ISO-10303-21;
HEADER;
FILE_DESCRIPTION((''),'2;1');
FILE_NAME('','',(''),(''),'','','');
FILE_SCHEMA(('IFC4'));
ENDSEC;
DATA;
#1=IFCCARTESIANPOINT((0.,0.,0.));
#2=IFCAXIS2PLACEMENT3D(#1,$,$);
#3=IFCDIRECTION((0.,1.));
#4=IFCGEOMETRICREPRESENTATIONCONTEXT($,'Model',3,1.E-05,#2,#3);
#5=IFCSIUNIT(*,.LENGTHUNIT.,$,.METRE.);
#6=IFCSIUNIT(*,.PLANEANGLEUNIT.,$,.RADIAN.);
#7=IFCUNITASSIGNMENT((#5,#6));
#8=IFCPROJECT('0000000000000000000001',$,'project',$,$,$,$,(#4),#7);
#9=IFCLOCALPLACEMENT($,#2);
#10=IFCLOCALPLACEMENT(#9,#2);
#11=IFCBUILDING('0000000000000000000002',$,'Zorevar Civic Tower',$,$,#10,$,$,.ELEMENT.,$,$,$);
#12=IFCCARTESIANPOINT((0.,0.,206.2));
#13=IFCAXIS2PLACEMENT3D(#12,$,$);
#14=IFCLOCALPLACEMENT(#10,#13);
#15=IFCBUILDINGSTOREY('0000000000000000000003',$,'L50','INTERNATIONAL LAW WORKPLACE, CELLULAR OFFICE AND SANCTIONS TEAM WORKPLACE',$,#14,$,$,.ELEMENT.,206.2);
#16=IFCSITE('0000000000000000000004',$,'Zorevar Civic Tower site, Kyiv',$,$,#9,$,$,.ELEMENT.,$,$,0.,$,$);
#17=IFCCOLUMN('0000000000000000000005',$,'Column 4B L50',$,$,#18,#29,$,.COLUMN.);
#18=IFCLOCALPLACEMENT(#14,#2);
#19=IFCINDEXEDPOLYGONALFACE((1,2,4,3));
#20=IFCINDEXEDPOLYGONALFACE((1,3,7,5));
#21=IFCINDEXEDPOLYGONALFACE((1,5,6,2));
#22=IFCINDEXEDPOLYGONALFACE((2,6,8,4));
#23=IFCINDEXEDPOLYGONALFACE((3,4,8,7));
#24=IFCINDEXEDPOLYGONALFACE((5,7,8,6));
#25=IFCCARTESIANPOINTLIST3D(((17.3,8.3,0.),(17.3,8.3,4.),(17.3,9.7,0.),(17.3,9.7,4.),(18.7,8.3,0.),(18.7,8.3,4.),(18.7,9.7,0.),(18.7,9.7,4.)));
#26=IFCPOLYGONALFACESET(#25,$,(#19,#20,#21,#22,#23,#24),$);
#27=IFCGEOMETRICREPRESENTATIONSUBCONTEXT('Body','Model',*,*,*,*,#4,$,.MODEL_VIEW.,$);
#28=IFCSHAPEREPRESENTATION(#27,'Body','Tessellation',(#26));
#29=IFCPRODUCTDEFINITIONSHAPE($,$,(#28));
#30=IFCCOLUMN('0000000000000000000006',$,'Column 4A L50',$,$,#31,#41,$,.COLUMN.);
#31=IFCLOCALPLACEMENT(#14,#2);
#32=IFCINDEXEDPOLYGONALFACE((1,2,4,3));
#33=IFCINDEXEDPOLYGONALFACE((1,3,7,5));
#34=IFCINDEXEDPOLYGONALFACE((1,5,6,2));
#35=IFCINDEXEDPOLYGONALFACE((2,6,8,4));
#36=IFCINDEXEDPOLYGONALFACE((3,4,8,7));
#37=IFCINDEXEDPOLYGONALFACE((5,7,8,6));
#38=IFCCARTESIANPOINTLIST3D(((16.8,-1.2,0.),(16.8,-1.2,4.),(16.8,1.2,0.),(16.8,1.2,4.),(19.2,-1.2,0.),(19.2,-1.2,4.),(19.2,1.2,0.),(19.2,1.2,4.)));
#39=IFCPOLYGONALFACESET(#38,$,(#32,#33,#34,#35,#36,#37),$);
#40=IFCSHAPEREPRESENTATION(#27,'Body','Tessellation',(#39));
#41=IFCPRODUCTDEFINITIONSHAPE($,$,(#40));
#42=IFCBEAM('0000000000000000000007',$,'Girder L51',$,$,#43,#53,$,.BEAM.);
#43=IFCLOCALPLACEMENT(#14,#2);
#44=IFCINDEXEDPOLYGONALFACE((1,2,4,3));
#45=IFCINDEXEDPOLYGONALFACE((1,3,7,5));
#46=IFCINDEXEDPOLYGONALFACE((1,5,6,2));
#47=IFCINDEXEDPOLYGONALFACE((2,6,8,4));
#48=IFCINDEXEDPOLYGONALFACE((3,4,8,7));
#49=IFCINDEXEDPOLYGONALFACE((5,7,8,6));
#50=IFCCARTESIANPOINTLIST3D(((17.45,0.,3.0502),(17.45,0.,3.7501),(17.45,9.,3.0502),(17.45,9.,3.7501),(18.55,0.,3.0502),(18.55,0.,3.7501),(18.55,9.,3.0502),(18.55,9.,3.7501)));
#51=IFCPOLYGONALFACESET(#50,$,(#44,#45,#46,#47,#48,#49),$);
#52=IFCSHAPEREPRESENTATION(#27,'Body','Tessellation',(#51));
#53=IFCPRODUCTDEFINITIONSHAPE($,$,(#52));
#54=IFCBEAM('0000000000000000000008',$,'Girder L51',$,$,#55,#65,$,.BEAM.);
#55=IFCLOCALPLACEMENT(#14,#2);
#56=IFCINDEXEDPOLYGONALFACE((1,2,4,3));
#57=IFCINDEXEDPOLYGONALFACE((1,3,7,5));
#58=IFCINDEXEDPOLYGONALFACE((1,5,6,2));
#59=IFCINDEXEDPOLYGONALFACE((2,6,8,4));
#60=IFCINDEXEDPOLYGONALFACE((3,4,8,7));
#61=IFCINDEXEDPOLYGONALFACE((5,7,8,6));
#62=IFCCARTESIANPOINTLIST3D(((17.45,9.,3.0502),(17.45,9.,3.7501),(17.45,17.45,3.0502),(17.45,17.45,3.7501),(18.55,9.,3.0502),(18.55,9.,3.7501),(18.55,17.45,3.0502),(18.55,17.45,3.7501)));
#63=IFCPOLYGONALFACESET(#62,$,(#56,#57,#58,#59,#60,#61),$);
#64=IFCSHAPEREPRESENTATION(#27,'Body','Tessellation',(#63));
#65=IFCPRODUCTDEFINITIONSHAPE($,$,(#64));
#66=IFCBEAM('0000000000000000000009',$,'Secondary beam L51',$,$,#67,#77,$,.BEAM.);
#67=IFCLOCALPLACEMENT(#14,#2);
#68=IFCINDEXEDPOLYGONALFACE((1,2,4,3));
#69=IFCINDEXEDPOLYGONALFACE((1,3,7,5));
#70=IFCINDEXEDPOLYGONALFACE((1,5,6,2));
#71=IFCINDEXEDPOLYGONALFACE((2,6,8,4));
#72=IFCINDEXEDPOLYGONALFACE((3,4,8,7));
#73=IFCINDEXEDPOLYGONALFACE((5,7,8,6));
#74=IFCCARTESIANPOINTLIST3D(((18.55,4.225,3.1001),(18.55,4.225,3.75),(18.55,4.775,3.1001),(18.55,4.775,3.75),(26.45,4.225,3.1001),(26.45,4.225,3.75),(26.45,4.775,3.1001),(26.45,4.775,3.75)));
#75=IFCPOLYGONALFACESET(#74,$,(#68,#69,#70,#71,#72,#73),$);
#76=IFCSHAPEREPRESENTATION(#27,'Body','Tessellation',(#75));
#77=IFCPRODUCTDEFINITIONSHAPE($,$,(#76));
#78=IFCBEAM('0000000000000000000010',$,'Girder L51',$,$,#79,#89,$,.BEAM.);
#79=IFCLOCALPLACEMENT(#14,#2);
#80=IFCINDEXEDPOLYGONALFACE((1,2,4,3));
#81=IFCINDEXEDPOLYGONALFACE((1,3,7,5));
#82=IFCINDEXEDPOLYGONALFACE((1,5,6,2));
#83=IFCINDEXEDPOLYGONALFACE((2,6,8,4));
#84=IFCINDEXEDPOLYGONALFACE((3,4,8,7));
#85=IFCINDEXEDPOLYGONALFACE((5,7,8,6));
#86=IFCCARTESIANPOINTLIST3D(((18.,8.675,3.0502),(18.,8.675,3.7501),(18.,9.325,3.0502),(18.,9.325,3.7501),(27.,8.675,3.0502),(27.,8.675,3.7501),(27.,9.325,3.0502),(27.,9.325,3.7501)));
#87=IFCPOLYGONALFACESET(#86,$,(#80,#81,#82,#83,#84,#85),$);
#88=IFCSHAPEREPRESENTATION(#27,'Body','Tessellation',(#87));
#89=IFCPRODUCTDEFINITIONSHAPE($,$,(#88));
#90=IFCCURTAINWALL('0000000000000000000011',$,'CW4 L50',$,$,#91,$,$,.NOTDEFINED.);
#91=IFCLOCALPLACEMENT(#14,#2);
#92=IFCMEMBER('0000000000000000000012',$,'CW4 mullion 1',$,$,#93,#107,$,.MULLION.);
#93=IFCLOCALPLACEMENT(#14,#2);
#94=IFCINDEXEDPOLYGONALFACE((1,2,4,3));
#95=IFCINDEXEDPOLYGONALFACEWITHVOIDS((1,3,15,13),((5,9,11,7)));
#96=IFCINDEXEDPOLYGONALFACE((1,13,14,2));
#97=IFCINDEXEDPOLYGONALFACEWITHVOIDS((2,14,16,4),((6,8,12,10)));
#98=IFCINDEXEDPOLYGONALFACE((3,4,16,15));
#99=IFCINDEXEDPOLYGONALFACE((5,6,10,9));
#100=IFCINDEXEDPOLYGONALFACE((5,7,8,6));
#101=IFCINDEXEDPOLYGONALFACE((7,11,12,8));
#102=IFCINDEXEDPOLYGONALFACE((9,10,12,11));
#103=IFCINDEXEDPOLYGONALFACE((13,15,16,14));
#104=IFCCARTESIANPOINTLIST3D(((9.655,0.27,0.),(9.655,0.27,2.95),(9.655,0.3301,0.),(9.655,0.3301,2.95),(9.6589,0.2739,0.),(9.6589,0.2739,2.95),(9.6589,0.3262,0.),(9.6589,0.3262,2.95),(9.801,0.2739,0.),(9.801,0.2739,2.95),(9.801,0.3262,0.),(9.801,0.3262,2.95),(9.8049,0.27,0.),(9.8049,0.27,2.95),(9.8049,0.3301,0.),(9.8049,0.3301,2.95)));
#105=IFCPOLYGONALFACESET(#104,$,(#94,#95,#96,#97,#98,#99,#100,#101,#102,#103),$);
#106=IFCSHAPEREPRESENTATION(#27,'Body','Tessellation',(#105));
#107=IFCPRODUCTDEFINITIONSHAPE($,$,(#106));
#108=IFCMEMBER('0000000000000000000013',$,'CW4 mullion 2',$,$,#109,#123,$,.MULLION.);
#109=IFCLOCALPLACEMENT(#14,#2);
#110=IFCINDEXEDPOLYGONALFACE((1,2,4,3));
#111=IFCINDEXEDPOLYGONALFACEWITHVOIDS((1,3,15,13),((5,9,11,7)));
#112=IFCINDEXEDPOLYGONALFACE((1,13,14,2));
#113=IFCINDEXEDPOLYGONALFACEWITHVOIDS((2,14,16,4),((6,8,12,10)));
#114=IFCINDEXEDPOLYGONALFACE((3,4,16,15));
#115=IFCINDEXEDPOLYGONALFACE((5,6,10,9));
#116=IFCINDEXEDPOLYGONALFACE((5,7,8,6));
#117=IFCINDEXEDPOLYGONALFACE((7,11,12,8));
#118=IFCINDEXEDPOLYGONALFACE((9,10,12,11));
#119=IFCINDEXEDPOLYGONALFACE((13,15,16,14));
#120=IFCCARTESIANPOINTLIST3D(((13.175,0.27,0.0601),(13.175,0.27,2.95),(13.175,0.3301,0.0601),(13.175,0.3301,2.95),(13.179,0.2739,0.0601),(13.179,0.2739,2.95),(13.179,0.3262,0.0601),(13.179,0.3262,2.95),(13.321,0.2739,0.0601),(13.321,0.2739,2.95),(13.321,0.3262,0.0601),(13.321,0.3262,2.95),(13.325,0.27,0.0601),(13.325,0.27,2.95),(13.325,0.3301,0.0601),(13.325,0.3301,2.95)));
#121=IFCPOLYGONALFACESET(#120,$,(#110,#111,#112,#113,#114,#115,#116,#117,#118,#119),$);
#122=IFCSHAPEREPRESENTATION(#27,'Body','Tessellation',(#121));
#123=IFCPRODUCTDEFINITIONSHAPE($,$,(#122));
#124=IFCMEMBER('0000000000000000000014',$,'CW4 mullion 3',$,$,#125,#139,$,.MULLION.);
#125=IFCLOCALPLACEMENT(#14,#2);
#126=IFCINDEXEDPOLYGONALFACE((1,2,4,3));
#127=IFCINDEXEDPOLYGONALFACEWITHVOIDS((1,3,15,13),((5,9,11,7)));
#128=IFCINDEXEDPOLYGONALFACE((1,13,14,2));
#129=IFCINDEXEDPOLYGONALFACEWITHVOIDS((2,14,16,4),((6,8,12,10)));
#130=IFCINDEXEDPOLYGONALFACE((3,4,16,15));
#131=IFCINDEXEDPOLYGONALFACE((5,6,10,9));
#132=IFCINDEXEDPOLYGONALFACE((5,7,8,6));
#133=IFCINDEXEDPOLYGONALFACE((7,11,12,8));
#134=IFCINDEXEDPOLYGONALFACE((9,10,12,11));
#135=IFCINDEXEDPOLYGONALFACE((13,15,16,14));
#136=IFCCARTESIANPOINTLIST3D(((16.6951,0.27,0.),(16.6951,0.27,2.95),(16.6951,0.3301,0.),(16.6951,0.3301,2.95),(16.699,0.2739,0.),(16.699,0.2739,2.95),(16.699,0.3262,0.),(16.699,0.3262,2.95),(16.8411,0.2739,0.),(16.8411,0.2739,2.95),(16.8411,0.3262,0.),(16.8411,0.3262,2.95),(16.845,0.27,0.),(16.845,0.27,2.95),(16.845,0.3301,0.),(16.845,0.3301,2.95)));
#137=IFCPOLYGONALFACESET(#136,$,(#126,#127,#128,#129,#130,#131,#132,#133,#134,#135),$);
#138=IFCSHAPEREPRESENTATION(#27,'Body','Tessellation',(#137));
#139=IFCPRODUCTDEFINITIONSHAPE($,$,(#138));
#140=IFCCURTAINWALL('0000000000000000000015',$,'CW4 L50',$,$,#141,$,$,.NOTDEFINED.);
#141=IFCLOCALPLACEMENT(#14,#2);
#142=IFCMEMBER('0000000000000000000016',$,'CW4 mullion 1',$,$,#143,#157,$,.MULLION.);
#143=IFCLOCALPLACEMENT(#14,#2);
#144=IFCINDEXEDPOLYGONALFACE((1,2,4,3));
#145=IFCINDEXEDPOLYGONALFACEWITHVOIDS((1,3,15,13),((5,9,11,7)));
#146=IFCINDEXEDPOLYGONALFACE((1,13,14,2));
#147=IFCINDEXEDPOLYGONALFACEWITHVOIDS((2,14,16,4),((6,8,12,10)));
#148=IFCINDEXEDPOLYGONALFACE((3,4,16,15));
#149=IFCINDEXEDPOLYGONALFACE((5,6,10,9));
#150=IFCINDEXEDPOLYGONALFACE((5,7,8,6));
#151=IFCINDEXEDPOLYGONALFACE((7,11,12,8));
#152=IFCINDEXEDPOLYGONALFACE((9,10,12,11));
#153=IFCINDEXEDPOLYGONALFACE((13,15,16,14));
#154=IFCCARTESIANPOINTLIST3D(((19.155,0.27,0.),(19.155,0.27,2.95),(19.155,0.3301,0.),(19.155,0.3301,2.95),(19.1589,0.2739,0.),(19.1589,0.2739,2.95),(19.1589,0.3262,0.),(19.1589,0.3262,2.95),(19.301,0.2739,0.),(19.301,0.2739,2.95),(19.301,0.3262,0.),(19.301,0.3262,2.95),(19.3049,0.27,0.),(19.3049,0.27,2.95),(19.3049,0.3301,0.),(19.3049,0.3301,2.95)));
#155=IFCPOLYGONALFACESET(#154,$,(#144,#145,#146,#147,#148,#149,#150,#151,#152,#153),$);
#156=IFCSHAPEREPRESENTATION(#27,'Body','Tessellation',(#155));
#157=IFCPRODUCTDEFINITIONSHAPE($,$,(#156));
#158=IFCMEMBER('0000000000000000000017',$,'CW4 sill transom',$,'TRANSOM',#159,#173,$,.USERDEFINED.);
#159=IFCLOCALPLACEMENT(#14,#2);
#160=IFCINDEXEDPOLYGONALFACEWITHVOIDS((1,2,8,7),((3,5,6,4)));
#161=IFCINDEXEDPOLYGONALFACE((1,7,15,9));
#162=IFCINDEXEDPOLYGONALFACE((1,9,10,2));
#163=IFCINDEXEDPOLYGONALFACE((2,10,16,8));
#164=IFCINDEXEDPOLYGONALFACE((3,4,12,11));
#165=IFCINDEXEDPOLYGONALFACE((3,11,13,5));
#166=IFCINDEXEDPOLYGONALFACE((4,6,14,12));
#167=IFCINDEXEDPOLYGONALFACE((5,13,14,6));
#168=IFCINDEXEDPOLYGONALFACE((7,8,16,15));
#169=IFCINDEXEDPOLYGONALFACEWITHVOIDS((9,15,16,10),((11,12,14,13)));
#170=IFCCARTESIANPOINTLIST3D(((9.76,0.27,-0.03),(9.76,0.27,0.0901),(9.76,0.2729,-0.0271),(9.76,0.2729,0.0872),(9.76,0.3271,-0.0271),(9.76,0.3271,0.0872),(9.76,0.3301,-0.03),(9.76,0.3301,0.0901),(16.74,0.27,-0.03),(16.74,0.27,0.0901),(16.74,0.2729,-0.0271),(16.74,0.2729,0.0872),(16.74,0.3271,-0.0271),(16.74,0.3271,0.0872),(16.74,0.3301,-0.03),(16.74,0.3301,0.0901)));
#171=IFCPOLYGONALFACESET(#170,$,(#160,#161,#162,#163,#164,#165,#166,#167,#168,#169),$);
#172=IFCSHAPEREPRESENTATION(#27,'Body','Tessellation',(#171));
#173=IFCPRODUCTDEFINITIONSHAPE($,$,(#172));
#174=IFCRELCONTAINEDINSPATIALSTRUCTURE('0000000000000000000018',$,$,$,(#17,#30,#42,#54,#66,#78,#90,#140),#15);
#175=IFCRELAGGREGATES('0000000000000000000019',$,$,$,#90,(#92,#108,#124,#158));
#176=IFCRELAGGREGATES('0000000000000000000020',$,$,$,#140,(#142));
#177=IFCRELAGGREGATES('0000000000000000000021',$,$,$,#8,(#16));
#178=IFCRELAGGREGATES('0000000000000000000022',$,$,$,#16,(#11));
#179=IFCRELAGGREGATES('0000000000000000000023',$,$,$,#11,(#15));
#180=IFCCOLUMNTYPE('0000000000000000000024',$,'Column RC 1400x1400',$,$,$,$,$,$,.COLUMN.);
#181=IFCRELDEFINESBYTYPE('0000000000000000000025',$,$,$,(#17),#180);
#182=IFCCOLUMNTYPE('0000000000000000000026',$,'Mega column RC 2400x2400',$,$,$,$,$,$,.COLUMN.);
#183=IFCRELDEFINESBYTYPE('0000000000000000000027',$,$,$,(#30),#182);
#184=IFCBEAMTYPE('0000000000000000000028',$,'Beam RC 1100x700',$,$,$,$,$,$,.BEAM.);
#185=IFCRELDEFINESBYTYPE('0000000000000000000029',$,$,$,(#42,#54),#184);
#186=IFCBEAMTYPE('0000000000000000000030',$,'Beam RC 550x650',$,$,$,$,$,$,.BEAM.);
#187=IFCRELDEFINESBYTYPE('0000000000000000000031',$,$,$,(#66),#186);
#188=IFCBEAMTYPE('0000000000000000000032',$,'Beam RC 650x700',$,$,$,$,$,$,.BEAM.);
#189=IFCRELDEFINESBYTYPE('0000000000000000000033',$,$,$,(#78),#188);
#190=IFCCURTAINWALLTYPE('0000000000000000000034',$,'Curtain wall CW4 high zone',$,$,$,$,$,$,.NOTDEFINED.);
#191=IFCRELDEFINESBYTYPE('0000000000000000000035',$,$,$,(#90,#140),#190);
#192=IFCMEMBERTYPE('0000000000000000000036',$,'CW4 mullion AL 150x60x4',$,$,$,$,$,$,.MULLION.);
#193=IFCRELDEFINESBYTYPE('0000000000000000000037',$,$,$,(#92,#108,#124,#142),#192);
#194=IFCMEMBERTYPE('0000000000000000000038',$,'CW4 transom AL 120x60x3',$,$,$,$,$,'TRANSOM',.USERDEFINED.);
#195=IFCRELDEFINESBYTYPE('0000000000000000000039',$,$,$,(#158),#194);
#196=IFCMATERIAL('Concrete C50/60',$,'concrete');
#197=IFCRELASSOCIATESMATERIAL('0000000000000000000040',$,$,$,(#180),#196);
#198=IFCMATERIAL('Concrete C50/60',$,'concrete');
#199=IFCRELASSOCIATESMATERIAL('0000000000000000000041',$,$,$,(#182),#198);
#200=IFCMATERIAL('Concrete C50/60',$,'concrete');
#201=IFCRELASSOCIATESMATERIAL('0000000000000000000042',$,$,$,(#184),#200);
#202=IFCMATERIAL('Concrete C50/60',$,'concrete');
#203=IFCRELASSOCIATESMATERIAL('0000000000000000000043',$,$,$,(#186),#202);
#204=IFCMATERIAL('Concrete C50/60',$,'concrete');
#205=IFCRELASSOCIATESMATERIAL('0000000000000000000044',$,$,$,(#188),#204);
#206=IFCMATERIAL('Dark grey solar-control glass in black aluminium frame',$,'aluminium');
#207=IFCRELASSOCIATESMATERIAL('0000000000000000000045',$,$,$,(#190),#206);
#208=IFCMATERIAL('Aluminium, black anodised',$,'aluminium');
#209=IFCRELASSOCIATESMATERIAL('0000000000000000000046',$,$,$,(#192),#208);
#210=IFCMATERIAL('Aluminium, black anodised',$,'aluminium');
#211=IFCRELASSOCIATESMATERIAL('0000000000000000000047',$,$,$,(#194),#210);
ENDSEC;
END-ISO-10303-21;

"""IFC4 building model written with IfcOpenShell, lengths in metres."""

from ifc_helpers import new_model, si_unit, direction, frame, origin, origin_2d, place, context, subcontext, project, spatial, rectangle, hollow_rectangle, extrude, material, material_profile, profile_set, type_object, element, aggregate, save


model = new_model("IFC4")

# Units and contexts
model_context = context("Model", 3, precision=1e-05, world=origin(), true_north=direction((0.0, 1.0)))
body_context = subcontext(model_context, "Body", "Model", "MODEL_VIEW")
ifc_project = project(units=[si_unit("LENGTHUNIT", "METRE"), si_unit("PLANEANGLEUNIT", "RADIAN")], contexts=[model_context])

# Site, building, storey
site_placement = place(None, origin())
site = spatial("IfcSite", under=ifc_project, at=site_placement, Name="Zorevar Civic Tower site, Kyiv", CompositionType="ELEMENT", RefElevation=0.0)
building_placement = place(site_placement, origin())
building = spatial("IfcBuilding", under=site, at=building_placement, Name="Zorevar Civic Tower", CompositionType="ELEMENT")
storey_placement = place(building_placement, frame((0.0, 0.0, 206.2)))
storey = spatial("IfcBuildingStorey", under=building, at=storey_placement, Name="L50", Description="INTERNATIONAL LAW WORKPLACE, CELLULAR OFFICE AND SANCTIONS TEAM WORKPLACE", CompositionType="ELEMENT", Elevation=206.2)

# Columns
ifc_material_1 = material(Name="Concrete C50/60", Category="concrete")
ifc_material_profile_1 = material_profile(ifc_material_1, rectangle(XDim=1.3999, YDim=1.3999, at=origin_2d()), Name="RC 1400x1400")
ifc_profile_set_1 = profile_set([ifc_material_profile_1], Name="Concrete C50/60")
column_type_1 = type_object("IfcColumnType", Name="Column RC 1400x1400", PredefinedType="COLUMN", material=ifc_profile_set_1)
column_1_placement = place(storey_placement, frame((18.0, 9.0, 0.0), z_axis=(0.0, 0.0, 1.0), x_axis=(1.0, 0.0, 0.0)))
element("IfcColumn", 1, at=column_1_placement, inside=storey, type_object=column_type_1, Name="Column 4B L50", PredefinedType="COLUMN", context=body_context, shape_type="SweptSolid", body=[
    extrude(rectangle(XDim=1.3999, YDim=1.3999, at=origin_2d()), origin(), (0.0, 0.0, 1.0), 4.0),
])
ifc_material_2 = material(Name="Concrete C50/60", Category="concrete")
ifc_material_profile_2 = material_profile(ifc_material_2, rectangle(XDim=2.3999, YDim=2.3999, at=origin_2d()), Name="RC 2400x2400")
ifc_profile_set_2 = profile_set([ifc_material_profile_2], Name="Concrete C50/60")
column_type_2 = type_object("IfcColumnType", Name="Mega column RC 2400x2400", PredefinedType="COLUMN", material=ifc_profile_set_2)
column_2_placement = place(storey_placement, frame((18.0, 0.0, 0.0), z_axis=(0.0, 0.0, 1.0), x_axis=(1.0, 0.0, 0.0)))
element("IfcColumn", 2, at=column_2_placement, inside=storey, type_object=column_type_2, Name="Column 4A L50", PredefinedType="COLUMN", context=body_context, shape_type="SweptSolid", body=[
    extrude(rectangle(XDim=2.3999, YDim=2.3999, at=origin_2d()), origin(), (0.0, 0.0, 1.0), 4.0),
])

# Beams
ifc_material_3 = material(Name="Concrete C50/60", Category="concrete")
ifc_material_profile_3 = material_profile(ifc_material_3, rectangle(XDim=1.1001, YDim=0.7, at=origin_2d()), Name="RC 1100x700")
ifc_profile_set_3 = profile_set([ifc_material_profile_3], Name="Concrete C50/60")
beam_type_1 = type_object("IfcBeamType", Name="Beam RC 1100x700", PredefinedType="BEAM", material=ifc_profile_set_3)
beam_1_placement = place(storey_placement, frame((18.0, 0.0, 3.4001), z_axis=(0.0, 1.0, 0.0), x_axis=(-1.0, 0.0, 0.0)))
element("IfcBeam", 3, at=beam_1_placement, inside=storey, type_object=beam_type_1, Name="Girder L51", PredefinedType="BEAM", context=body_context, shape_type="SweptSolid", body=[
    extrude(rectangle(XDim=1.1001, YDim=0.7, at=origin_2d()), origin(), (0.0, 0.0, 1.0), 9.0),
])
beam_2_placement = place(storey_placement, frame((18.0, 9.0, 3.4001), z_axis=(0.0, 1.0, 0.0), x_axis=(-1.0, 0.0, 0.0)))
element("IfcBeam", 4, at=beam_2_placement, inside=storey, type_object=beam_type_1, Name="Girder L51", PredefinedType="BEAM", context=body_context, shape_type="SweptSolid", body=[
    extrude(rectangle(XDim=1.1001, YDim=0.7, at=origin_2d()), origin(), (0.0, 0.0, 1.0), 8.45),
])
ifc_material_4 = material(Name="Concrete C50/60", Category="concrete")
ifc_material_profile_4 = material_profile(ifc_material_4, rectangle(XDim=0.55, YDim=0.6499, at=origin_2d()), Name="RC 550x650")
ifc_profile_set_4 = profile_set([ifc_material_profile_4], Name="Concrete C50/60")
beam_type_2 = type_object("IfcBeamType", Name="Beam RC 550x650", PredefinedType="BEAM", material=ifc_profile_set_4)
beam_3_placement = place(storey_placement, frame((18.55, 4.5, 3.425), z_axis=(1.0, 0.0, 0.0), x_axis=(0.0, 1.0, 0.0)))
element("IfcBeam", 5, at=beam_3_placement, inside=storey, type_object=beam_type_2, Name="Secondary beam L51", PredefinedType="BEAM", context=body_context, shape_type="SweptSolid", body=[
    extrude(rectangle(XDim=0.55, YDim=0.6499, at=origin_2d()), origin(), (0.0, 0.0, 1.0), 7.8999),
])
ifc_material_5 = material(Name="Concrete C50/60", Category="concrete")
ifc_material_profile_5 = material_profile(ifc_material_5, rectangle(XDim=0.6499, YDim=0.7, at=origin_2d()), Name="RC 650x700")
ifc_profile_set_5 = profile_set([ifc_material_profile_5], Name="Concrete C50/60")
beam_type_3 = type_object("IfcBeamType", Name="Beam RC 650x700", PredefinedType="BEAM", material=ifc_profile_set_5)
beam_4_placement = place(storey_placement, frame((18.0, 9.0, 3.4001), z_axis=(1.0, 0.0, 0.0), x_axis=(0.0, 1.0, 0.0)))
element("IfcBeam", 6, at=beam_4_placement, inside=storey, type_object=beam_type_3, Name="Girder L51", PredefinedType="BEAM", context=body_context, shape_type="SweptSolid", body=[
    extrude(rectangle(XDim=0.6499, YDim=0.7, at=origin_2d()), origin(), (0.0, 0.0, 1.0), 9.0),
])

# Curtain wall, members
ifc_material_6 = material(Name="Dark grey solar-control glass in black aluminium frame", Category="aluminium")
curtain_wall_type = type_object("IfcCurtainWallType", Name="Curtain wall CW4 high zone", PredefinedType="NOTDEFINED", material=ifc_material_6)
curtain_wall_1_placement = place(storey_placement, origin())
curtain_wall_1 = element("IfcCurtainWall", 7, at=curtain_wall_1_placement, inside=storey, type_object=curtain_wall_type, Name="CW4 L50", PredefinedType="NOTDEFINED")
ifc_material_7 = material(Name="Aluminium, black anodised", Category="aluminium")
ifc_material_profile_6 = material_profile(ifc_material_7, hollow_rectangle(XDim=0.0601, YDim=0.1499, WallThickness=0.0039, at=origin_2d()), Name="AL 150x60x4")
ifc_profile_set_6 = profile_set([ifc_material_profile_6], Name="Aluminium, black anodised")
member_type_1 = type_object("IfcMemberType", Name="CW4 mullion AL 150x60x4", PredefinedType="MULLION", material=ifc_profile_set_6)
member_1_placement = place(storey_placement, frame((9.73, 0.3, 0.0), z_axis=(0.0, 0.0, 1.0), x_axis=(0.0, 1.0, 0.0)))
member_1 = element("IfcMember", 8, at=member_1_placement, type_object=member_type_1, Name="CW4 mullion 1", PredefinedType="MULLION", context=body_context, shape_type="SweptSolid", body=[
    extrude(hollow_rectangle(XDim=0.0601, YDim=0.1499, WallThickness=0.0039, at=origin_2d()), origin(), (0.0, 0.0, 1.0), 2.95),
])
member_2_placement = place(storey_placement, frame((13.25, 0.3, 0.0601), z_axis=(0.0, 0.0, 1.0), x_axis=(0.0, 1.0, 0.0)))
member_2 = element("IfcMember", 9, at=member_2_placement, type_object=member_type_1, Name="CW4 mullion 2", PredefinedType="MULLION", context=body_context, shape_type="SweptSolid", body=[
    extrude(hollow_rectangle(XDim=0.0601, YDim=0.1499, WallThickness=0.0039, at=origin_2d()), origin(), (0.0, 0.0, 1.0), 2.8899),
])
member_3_placement = place(storey_placement, frame((16.77, 0.3, 0.0), z_axis=(0.0, 0.0, 1.0), x_axis=(0.0, 1.0, 0.0)))
member_3 = element("IfcMember", 10, at=member_3_placement, type_object=member_type_1, Name="CW4 mullion 3", PredefinedType="MULLION", context=body_context, shape_type="SweptSolid", body=[
    extrude(hollow_rectangle(XDim=0.0601, YDim=0.1499, WallThickness=0.0039, at=origin_2d()), origin(), (0.0, 0.0, 1.0), 2.95),
])

# Curtain wall, member
curtain_wall_2_placement = place(storey_placement, origin())
curtain_wall_2 = element("IfcCurtainWall", 11, at=curtain_wall_2_placement, inside=storey, type_object=curtain_wall_type, Name="CW4 L50", PredefinedType="NOTDEFINED")
member_4_placement = place(storey_placement, frame((19.23, 0.3, 0.0), z_axis=(0.0, 0.0, 1.0), x_axis=(0.0, 1.0, 0.0)))
member_4 = element("IfcMember", 12, at=member_4_placement, type_object=member_type_1, Name="CW4 mullion 1", PredefinedType="MULLION", context=body_context, shape_type="SweptSolid", body=[
    extrude(hollow_rectangle(XDim=0.0601, YDim=0.1499, WallThickness=0.0039, at=origin_2d()), origin(), (0.0, 0.0, 1.0), 2.95),
])

# Member
ifc_material_8 = material(Name="Aluminium, black anodised", Category="aluminium")
ifc_material_profile_7 = material_profile(ifc_material_8, hollow_rectangle(XDim=0.0601, YDim=0.1201, WallThickness=0.0029, at=origin_2d()), Name="AL 120x60x3")
ifc_profile_set_7 = profile_set([ifc_material_profile_7], Name="Aluminium, black anodised")
member_type_2 = type_object("IfcMemberType", Name="CW4 transom AL 120x60x3", ElementType="TRANSOM", PredefinedType="USERDEFINED", material=ifc_profile_set_7)
member_5_placement = place(storey_placement, frame((9.76, 0.3, 0.03), z_axis=(1.0, 0.0, 0.0), x_axis=(0.0, 1.0, 0.0)))
member_5 = element("IfcMember", 13, at=member_5_placement, type_object=member_type_2, Name="CW4 sill transom", ObjectType="TRANSOM", PredefinedType="USERDEFINED", context=body_context, shape_type="SweptSolid", body=[
    extrude(hollow_rectangle(XDim=0.0601, YDim=0.1201, WallThickness=0.0029, at=origin_2d()), origin(), (0.0, 0.0, 1.0), 6.98),
])

aggregate(curtain_wall_1, [member_1, member_2, member_3, member_5])
aggregate(curtain_wall_2, [member_4])

save(model, "model.ifc")
